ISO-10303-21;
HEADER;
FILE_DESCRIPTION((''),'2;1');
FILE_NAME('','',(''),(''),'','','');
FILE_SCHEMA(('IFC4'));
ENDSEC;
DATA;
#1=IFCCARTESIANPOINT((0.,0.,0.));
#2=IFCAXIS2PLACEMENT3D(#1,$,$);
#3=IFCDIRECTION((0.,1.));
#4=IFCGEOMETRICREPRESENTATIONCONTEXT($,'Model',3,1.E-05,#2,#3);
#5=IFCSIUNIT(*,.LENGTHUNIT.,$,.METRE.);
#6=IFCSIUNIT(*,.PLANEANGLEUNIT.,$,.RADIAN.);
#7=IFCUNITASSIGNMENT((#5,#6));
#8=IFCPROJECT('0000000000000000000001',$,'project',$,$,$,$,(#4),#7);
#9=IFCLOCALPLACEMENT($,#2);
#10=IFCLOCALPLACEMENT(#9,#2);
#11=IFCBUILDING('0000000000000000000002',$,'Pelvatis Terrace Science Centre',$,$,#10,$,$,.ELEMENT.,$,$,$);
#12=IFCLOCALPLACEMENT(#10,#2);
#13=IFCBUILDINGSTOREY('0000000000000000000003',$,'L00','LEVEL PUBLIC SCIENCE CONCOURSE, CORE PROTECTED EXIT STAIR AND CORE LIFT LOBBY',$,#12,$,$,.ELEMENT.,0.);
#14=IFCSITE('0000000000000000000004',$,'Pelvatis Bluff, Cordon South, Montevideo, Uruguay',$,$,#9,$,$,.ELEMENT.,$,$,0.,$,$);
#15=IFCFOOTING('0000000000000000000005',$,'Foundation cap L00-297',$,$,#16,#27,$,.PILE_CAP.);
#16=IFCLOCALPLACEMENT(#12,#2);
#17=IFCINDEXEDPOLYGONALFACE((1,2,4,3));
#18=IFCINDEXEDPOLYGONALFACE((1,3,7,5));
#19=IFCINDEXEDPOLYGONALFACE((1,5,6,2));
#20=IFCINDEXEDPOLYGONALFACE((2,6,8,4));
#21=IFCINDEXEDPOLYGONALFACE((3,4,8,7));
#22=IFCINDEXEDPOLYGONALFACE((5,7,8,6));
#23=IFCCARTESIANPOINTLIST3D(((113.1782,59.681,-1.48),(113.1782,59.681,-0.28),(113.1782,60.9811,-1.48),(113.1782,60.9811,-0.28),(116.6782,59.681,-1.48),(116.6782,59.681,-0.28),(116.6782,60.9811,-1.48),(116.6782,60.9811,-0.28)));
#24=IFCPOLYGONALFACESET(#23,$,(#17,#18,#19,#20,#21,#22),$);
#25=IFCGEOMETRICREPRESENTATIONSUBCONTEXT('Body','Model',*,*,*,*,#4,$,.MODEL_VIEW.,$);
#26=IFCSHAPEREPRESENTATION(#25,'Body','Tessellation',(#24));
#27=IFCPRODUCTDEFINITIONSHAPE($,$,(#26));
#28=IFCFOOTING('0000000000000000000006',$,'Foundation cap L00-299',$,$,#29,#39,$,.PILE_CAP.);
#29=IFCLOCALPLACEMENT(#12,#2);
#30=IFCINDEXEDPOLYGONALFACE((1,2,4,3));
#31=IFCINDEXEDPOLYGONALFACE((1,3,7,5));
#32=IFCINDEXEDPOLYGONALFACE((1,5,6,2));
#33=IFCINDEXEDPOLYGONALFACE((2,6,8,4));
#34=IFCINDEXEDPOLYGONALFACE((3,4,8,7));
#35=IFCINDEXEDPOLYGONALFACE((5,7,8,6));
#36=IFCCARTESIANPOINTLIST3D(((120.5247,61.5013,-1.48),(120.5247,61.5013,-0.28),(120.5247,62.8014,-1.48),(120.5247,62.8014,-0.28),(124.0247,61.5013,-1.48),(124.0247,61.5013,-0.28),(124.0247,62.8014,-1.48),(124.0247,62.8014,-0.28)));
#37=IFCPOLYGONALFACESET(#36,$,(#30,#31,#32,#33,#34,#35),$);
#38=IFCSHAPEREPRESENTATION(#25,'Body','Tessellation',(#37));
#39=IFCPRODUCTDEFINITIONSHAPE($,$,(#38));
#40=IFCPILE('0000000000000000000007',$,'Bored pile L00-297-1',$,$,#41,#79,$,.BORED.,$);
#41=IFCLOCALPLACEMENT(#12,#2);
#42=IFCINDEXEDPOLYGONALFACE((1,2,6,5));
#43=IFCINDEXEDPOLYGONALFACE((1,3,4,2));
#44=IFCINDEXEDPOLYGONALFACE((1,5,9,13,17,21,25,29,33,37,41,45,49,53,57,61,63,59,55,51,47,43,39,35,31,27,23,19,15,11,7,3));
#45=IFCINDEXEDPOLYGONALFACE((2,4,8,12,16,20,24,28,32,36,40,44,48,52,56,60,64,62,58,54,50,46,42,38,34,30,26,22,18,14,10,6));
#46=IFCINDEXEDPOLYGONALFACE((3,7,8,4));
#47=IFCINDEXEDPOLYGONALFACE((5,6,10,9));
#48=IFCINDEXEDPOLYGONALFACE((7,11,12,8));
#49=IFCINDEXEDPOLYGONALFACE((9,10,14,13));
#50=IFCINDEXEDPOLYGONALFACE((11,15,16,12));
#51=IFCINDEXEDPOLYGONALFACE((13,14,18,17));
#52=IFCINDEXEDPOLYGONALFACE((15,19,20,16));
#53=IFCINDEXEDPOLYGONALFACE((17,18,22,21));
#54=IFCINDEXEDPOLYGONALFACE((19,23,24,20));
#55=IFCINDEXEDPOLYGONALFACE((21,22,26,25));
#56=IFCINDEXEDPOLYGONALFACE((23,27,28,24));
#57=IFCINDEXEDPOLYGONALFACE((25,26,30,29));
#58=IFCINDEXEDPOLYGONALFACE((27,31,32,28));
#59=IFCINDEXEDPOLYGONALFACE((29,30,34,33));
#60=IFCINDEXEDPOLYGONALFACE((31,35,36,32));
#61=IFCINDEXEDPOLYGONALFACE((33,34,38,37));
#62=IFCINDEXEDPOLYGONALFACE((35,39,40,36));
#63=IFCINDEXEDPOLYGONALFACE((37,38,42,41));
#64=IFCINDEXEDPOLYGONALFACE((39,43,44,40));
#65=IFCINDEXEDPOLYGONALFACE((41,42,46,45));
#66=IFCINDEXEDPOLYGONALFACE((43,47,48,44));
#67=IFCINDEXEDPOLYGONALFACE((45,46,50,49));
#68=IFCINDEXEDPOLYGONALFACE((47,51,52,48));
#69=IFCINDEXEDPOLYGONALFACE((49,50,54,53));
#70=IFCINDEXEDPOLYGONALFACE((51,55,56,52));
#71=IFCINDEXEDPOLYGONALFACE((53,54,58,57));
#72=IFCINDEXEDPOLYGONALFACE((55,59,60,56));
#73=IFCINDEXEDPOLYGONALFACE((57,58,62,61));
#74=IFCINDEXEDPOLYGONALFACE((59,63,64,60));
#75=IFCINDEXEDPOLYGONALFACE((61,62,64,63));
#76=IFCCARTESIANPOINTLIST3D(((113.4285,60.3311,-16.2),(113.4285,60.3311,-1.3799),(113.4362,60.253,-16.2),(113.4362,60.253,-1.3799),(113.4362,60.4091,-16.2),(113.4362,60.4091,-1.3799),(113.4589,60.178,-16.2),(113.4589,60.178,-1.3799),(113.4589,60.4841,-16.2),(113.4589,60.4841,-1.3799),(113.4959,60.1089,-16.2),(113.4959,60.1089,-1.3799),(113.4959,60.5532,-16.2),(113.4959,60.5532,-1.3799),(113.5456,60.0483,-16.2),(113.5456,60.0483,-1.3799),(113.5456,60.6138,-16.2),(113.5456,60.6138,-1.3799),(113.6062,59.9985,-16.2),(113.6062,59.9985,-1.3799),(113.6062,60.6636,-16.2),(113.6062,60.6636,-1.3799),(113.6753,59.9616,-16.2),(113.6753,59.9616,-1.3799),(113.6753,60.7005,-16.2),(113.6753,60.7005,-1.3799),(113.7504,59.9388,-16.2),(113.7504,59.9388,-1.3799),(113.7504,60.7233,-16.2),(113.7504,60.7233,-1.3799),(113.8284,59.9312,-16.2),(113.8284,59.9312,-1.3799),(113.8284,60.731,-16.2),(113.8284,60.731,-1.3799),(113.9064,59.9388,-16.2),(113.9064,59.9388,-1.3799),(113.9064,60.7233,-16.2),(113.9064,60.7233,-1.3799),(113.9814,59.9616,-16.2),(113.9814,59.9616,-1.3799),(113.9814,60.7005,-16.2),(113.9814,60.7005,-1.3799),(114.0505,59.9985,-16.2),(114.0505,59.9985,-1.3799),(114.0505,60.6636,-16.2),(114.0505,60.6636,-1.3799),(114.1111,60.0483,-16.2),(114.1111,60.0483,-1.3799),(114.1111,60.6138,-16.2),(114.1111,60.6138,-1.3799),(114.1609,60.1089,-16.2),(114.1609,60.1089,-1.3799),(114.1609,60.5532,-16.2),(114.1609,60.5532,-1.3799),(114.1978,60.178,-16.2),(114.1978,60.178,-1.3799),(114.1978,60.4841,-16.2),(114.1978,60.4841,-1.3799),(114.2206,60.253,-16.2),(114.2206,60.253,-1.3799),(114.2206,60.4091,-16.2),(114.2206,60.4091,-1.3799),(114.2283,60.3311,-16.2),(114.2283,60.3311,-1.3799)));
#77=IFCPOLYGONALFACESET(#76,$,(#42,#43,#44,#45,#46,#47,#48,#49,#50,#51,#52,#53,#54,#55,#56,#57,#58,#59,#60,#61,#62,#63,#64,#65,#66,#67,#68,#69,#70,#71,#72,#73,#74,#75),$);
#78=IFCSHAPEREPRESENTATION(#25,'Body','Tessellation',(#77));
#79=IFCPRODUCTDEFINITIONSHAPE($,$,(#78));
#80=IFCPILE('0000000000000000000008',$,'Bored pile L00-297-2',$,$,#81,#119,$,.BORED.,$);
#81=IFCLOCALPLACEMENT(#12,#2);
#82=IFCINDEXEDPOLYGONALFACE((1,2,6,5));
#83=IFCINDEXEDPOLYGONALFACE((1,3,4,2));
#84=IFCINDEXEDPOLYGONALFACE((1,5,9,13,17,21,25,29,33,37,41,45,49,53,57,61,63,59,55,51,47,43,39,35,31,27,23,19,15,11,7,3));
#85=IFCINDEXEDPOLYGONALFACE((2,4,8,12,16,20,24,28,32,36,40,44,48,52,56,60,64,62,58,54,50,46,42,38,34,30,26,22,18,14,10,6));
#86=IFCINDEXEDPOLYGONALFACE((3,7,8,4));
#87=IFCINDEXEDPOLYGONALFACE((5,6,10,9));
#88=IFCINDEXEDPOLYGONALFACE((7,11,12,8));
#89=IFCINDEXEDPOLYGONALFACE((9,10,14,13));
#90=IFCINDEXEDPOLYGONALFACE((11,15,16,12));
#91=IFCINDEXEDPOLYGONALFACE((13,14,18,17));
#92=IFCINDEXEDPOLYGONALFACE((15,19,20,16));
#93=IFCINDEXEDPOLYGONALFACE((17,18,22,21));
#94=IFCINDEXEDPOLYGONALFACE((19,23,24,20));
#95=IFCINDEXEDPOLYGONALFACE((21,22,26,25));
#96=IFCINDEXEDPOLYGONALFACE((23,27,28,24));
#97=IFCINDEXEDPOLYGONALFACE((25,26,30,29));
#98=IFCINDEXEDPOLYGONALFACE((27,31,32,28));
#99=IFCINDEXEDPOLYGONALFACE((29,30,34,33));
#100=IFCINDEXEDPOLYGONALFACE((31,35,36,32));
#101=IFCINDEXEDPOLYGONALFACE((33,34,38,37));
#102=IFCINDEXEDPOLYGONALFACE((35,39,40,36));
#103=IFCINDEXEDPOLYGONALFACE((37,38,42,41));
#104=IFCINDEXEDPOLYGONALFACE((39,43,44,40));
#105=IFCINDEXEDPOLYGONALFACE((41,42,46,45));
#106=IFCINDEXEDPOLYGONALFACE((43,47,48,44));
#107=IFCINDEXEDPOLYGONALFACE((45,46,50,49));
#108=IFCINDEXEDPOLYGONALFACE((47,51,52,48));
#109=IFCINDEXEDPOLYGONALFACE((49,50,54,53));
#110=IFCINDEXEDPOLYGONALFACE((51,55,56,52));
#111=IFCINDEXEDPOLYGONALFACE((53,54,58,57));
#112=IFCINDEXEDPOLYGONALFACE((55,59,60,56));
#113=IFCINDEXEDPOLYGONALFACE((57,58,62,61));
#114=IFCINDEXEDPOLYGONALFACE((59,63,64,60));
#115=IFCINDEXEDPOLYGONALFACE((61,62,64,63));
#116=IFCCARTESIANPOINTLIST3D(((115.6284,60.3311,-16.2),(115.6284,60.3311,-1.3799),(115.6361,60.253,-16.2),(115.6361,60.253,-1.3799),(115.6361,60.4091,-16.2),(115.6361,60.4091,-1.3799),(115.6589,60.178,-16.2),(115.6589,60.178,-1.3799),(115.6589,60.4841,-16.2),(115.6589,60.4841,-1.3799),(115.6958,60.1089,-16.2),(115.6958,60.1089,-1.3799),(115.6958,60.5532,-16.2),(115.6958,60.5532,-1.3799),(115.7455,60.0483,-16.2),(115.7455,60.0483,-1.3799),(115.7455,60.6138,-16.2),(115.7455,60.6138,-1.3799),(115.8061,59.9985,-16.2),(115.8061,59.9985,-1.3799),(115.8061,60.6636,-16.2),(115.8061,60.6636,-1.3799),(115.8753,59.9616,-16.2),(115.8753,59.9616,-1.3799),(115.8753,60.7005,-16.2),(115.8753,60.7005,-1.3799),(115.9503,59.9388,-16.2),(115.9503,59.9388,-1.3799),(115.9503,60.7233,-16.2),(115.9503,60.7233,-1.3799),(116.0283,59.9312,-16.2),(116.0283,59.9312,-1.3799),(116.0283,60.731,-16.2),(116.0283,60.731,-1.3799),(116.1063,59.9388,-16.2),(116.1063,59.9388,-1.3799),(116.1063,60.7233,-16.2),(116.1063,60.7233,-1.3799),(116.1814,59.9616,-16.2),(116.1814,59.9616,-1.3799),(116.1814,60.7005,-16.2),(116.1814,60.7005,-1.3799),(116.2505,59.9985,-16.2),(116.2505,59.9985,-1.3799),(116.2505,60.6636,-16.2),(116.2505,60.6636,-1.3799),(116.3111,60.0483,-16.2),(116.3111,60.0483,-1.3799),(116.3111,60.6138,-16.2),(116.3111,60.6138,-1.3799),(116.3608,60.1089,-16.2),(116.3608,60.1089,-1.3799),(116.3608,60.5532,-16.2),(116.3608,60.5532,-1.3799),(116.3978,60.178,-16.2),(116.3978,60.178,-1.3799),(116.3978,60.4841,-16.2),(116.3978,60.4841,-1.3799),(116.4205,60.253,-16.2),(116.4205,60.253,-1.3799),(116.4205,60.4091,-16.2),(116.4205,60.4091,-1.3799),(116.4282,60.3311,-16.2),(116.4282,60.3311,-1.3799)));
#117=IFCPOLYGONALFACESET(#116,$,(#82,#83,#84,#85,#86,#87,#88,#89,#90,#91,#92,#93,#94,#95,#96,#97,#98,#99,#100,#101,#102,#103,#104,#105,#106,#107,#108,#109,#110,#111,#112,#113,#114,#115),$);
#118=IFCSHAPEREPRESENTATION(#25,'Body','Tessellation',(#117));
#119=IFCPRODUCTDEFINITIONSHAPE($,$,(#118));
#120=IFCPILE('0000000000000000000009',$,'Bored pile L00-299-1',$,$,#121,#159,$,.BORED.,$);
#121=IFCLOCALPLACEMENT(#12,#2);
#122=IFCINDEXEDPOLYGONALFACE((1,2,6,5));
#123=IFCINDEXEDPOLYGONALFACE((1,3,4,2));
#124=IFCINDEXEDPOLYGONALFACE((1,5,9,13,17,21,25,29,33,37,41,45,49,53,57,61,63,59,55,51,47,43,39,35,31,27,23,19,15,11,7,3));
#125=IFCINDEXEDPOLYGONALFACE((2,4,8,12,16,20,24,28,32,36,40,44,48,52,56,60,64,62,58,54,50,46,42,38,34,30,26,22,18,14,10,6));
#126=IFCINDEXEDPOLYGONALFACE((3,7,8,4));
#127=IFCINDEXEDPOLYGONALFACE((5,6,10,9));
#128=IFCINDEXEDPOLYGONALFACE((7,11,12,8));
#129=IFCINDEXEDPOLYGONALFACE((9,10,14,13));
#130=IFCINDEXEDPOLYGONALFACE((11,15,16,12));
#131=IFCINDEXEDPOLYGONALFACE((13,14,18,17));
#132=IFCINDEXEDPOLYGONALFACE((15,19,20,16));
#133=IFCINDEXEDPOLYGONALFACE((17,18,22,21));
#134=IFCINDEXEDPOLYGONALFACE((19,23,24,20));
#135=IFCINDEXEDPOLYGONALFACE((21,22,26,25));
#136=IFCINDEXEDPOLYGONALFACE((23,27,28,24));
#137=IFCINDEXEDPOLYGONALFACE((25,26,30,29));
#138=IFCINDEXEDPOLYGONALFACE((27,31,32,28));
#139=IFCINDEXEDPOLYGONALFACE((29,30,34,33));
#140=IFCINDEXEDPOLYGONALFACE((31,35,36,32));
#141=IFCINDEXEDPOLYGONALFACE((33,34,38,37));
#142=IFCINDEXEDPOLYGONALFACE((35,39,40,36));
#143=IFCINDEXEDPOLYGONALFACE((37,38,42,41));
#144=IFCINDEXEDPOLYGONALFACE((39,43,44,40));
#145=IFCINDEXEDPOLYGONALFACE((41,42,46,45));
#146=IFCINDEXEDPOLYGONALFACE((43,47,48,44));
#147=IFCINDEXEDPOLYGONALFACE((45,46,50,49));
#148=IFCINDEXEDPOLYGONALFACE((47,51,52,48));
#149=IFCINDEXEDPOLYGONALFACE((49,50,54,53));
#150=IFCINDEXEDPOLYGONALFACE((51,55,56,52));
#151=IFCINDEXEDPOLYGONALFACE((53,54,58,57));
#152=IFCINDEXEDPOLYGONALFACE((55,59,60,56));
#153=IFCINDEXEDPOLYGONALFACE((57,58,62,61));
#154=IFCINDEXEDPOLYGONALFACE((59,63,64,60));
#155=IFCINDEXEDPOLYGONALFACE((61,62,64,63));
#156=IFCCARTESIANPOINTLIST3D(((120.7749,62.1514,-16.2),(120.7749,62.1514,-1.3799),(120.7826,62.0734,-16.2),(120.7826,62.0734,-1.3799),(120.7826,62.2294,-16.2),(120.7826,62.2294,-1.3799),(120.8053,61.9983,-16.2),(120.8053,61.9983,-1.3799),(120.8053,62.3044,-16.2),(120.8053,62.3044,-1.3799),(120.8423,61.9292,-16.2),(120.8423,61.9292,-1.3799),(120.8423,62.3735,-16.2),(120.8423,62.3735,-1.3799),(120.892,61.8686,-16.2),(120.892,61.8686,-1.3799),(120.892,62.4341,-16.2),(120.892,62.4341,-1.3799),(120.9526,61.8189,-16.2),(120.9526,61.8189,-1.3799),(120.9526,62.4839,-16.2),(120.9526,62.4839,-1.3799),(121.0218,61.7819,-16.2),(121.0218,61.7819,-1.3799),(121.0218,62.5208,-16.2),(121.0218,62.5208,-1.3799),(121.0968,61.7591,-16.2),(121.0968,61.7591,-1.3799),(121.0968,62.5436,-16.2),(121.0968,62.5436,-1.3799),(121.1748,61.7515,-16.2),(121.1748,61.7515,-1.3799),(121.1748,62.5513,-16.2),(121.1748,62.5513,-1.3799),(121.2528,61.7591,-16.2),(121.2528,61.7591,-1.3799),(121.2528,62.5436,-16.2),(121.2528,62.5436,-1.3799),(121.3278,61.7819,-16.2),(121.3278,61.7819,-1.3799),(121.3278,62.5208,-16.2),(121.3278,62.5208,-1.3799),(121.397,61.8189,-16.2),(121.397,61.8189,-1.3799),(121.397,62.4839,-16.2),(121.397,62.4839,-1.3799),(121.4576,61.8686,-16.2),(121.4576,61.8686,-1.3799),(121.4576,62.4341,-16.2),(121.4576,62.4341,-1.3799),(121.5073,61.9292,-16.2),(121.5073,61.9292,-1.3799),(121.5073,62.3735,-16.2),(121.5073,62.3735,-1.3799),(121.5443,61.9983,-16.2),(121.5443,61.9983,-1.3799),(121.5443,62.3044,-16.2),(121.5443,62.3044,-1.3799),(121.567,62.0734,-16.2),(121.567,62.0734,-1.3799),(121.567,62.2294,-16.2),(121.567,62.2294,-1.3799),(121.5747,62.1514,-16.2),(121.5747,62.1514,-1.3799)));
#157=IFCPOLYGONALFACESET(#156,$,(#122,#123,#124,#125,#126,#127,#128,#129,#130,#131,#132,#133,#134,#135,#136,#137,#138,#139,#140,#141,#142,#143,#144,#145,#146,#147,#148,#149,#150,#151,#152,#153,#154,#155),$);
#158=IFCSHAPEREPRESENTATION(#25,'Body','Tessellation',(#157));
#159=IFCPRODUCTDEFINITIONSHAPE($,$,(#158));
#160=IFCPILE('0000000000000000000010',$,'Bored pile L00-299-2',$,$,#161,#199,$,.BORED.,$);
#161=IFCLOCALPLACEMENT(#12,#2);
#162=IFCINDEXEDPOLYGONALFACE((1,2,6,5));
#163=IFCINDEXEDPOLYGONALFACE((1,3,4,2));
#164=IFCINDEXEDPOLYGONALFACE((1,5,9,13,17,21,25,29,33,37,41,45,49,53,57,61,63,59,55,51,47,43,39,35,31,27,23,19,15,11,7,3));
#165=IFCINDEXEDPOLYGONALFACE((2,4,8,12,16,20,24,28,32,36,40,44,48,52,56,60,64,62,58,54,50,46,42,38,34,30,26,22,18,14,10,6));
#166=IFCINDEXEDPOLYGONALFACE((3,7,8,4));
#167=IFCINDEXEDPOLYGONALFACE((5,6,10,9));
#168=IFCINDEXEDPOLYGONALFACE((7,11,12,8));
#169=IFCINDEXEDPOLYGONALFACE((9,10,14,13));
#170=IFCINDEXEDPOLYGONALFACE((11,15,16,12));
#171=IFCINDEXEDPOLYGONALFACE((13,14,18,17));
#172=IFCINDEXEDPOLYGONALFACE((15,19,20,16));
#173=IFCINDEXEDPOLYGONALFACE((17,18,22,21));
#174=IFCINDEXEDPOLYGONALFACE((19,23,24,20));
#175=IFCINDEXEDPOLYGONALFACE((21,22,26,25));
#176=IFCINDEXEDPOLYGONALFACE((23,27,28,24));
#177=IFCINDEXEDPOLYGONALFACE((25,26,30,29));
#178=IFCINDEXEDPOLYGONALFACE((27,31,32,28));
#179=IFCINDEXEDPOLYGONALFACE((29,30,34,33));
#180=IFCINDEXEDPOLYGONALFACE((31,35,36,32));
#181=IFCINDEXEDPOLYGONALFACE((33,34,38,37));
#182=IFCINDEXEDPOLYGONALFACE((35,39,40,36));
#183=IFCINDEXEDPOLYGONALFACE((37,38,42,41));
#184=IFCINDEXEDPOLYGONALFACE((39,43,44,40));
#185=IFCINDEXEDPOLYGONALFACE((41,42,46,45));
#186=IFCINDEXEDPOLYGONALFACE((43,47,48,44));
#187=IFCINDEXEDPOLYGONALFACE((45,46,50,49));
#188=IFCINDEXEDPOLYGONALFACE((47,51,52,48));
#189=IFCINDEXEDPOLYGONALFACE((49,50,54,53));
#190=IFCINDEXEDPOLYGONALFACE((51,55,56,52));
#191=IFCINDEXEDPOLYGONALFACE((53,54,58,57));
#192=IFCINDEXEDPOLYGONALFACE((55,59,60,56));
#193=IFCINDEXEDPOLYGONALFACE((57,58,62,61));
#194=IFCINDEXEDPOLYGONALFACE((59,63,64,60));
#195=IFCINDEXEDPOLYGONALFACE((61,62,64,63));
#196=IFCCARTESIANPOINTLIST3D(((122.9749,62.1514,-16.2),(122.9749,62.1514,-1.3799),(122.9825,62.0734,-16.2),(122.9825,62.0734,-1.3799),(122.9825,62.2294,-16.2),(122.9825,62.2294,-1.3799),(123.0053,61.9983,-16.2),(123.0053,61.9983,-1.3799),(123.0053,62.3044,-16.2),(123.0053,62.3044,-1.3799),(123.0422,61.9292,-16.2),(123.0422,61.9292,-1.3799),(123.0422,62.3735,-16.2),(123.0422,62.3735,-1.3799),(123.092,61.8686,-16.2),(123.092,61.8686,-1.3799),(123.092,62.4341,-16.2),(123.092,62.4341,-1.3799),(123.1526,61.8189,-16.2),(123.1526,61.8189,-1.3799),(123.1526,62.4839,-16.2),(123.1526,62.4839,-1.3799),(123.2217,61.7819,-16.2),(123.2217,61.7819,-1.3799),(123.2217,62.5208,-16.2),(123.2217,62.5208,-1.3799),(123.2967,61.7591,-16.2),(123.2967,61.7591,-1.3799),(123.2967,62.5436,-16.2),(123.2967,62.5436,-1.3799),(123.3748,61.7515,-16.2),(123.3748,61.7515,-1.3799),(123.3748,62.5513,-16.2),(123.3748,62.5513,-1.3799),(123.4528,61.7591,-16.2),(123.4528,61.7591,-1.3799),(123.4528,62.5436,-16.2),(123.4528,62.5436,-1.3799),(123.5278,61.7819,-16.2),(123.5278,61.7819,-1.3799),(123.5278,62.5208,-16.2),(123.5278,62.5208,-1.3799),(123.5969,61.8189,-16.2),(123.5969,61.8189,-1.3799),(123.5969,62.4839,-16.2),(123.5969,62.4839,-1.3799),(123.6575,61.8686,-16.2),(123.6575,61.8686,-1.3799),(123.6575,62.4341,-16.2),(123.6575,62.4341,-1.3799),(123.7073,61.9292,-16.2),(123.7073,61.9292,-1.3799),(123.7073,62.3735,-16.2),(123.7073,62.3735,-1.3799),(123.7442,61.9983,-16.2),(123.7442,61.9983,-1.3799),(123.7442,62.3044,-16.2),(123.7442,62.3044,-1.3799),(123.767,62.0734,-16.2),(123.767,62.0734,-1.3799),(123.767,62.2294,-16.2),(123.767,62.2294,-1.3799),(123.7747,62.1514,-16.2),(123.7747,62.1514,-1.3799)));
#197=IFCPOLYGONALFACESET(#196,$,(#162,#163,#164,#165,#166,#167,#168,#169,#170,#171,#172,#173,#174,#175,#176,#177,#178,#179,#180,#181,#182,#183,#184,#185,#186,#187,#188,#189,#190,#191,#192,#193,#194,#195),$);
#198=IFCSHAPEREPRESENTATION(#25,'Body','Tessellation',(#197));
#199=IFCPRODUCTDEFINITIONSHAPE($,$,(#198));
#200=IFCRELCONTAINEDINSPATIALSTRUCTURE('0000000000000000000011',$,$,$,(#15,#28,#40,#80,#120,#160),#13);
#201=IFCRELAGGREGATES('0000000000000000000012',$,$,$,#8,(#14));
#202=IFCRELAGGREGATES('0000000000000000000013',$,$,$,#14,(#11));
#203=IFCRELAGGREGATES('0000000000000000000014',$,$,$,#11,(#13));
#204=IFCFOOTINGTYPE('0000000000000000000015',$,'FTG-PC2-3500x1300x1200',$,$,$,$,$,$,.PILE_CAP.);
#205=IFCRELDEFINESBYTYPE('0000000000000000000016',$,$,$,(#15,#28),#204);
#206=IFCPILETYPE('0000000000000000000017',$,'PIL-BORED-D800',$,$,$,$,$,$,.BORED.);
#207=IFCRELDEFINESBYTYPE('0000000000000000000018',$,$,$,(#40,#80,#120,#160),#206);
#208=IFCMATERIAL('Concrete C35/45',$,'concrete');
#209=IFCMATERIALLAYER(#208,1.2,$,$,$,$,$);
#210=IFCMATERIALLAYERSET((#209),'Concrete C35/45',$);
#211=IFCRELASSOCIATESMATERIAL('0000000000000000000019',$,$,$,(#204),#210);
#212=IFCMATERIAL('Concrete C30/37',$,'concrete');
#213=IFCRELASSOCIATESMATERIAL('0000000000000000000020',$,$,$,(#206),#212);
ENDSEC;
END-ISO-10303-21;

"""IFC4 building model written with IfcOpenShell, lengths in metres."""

from ifc_helpers import new_model, si_unit, direction, frame, origin, origin_2d, place, context, subcontext, project, spatial, rectangle, circle, extrude, material, layer, layer_set, material_profile, profile_set, type_object, element, save


model = new_model("IFC4")

# Units and contexts
model_context = context("Model", 3, precision=1e-05, world=origin(), true_north=direction((0.0, 1.0)))
body_context = subcontext(model_context, "Body", "Model", "MODEL_VIEW")
ifc_project = project(units=[si_unit("LENGTHUNIT", "METRE"), si_unit("PLANEANGLEUNIT", "RADIAN")], contexts=[model_context])

# Site, building, storey
site_placement = place(None, origin())
site = spatial("IfcSite", under=ifc_project, at=site_placement, Name="Pelvatis Bluff, Cordon South, Montevideo, Uruguay", CompositionType="ELEMENT", RefElevation=0.0)
building_placement = place(site_placement, origin())
building = spatial("IfcBuilding", under=site, at=building_placement, Name="Pelvatis Terrace Science Centre", CompositionType="ELEMENT")
storey_placement = place(building_placement, origin())
storey = spatial("IfcBuildingStorey", under=building, at=storey_placement, Name="L00", Description="LEVEL PUBLIC SCIENCE CONCOURSE, CORE PROTECTED EXIT STAIR AND CORE LIFT LOBBY", CompositionType="ELEMENT", Elevation=0.0)

# Footings
ifc_material_1 = material(Name="Concrete C35/45", Category="concrete")
ifc_layer_1 = layer(ifc_material_1, 1.2)
ifc_layer_set_1 = layer_set([ifc_layer_1], Name="Concrete C35/45")
footing_type = type_object("IfcFootingType", Name="FTG-PC2-3500x1300x1200", PredefinedType="PILE_CAP", material=ifc_layer_set_1)
for number, where, z_axis, x_axis, name in (
    (1, (114.9282, 60.3311, -1.48), (0.0, 0.0, 1.0), (1.0, 0.0, 0.0), "Foundation cap L00-297"),
    (2, (122.2747, 62.1514, -1.48), (0.0, 0.0, 1.0), (1.0, 0.0, 0.0), "Foundation cap L00-299"),
):
    element("IfcFooting", number, at=place(storey_placement, frame(where, z_axis=z_axis, x_axis=x_axis)), inside=storey, type_object=footing_type, Name=name, PredefinedType="PILE_CAP", context=body_context, shape_type="SweptSolid", body=[
        extrude(rectangle(XDim=3.5, YDim=1.3, at=origin_2d()), origin(), (0.0, 0.0, 1.0), 1.2),
    ])

# Piles
ifc_material_2 = material(Name="Concrete C30/37", Category="concrete")
ifc_material_profile_1 = material_profile(ifc_material_2, circle(Radius=0.3999, at=origin_2d()), Name="PILE D800")
ifc_profile_set_1 = profile_set([ifc_material_profile_1], Name="Concrete C30/37")
pile_type = type_object("IfcPileType", Name="PIL-BORED-D800", PredefinedType="BORED", material=ifc_profile_set_1)
for number, where, z_axis, x_axis, name in (
    (3, (113.8284, 60.3311, -1.3799), (0.0, 0.0, -1.0), (1.0, 0.0, 0.0), "Bored pile L00-297-1"),
    (4, (116.0283, 60.3311, -1.3799), (0.0, 0.0, -1.0), (1.0, 0.0, 0.0), "Bored pile L00-297-2"),
    (5, (121.1748, 62.1514, -1.3799), (0.0, 0.0, -1.0), (1.0, 0.0, 0.0), "Bored pile L00-299-1"),
    (6, (123.3748, 62.1514, -1.3799), (0.0, 0.0, -1.0), (1.0, 0.0, 0.0), "Bored pile L00-299-2"),
):
    element("IfcPile", number, at=place(storey_placement, frame(where, z_axis=z_axis, x_axis=x_axis)), inside=storey, type_object=pile_type, Name=name, PredefinedType="BORED", context=body_context, shape_type="SweptSolid", body=[
        extrude(circle(Radius=0.3999, at=origin_2d()), origin(), (0.0, 0.0, 1.0), 14.8201),
    ])

save(model, "model.ifc")
